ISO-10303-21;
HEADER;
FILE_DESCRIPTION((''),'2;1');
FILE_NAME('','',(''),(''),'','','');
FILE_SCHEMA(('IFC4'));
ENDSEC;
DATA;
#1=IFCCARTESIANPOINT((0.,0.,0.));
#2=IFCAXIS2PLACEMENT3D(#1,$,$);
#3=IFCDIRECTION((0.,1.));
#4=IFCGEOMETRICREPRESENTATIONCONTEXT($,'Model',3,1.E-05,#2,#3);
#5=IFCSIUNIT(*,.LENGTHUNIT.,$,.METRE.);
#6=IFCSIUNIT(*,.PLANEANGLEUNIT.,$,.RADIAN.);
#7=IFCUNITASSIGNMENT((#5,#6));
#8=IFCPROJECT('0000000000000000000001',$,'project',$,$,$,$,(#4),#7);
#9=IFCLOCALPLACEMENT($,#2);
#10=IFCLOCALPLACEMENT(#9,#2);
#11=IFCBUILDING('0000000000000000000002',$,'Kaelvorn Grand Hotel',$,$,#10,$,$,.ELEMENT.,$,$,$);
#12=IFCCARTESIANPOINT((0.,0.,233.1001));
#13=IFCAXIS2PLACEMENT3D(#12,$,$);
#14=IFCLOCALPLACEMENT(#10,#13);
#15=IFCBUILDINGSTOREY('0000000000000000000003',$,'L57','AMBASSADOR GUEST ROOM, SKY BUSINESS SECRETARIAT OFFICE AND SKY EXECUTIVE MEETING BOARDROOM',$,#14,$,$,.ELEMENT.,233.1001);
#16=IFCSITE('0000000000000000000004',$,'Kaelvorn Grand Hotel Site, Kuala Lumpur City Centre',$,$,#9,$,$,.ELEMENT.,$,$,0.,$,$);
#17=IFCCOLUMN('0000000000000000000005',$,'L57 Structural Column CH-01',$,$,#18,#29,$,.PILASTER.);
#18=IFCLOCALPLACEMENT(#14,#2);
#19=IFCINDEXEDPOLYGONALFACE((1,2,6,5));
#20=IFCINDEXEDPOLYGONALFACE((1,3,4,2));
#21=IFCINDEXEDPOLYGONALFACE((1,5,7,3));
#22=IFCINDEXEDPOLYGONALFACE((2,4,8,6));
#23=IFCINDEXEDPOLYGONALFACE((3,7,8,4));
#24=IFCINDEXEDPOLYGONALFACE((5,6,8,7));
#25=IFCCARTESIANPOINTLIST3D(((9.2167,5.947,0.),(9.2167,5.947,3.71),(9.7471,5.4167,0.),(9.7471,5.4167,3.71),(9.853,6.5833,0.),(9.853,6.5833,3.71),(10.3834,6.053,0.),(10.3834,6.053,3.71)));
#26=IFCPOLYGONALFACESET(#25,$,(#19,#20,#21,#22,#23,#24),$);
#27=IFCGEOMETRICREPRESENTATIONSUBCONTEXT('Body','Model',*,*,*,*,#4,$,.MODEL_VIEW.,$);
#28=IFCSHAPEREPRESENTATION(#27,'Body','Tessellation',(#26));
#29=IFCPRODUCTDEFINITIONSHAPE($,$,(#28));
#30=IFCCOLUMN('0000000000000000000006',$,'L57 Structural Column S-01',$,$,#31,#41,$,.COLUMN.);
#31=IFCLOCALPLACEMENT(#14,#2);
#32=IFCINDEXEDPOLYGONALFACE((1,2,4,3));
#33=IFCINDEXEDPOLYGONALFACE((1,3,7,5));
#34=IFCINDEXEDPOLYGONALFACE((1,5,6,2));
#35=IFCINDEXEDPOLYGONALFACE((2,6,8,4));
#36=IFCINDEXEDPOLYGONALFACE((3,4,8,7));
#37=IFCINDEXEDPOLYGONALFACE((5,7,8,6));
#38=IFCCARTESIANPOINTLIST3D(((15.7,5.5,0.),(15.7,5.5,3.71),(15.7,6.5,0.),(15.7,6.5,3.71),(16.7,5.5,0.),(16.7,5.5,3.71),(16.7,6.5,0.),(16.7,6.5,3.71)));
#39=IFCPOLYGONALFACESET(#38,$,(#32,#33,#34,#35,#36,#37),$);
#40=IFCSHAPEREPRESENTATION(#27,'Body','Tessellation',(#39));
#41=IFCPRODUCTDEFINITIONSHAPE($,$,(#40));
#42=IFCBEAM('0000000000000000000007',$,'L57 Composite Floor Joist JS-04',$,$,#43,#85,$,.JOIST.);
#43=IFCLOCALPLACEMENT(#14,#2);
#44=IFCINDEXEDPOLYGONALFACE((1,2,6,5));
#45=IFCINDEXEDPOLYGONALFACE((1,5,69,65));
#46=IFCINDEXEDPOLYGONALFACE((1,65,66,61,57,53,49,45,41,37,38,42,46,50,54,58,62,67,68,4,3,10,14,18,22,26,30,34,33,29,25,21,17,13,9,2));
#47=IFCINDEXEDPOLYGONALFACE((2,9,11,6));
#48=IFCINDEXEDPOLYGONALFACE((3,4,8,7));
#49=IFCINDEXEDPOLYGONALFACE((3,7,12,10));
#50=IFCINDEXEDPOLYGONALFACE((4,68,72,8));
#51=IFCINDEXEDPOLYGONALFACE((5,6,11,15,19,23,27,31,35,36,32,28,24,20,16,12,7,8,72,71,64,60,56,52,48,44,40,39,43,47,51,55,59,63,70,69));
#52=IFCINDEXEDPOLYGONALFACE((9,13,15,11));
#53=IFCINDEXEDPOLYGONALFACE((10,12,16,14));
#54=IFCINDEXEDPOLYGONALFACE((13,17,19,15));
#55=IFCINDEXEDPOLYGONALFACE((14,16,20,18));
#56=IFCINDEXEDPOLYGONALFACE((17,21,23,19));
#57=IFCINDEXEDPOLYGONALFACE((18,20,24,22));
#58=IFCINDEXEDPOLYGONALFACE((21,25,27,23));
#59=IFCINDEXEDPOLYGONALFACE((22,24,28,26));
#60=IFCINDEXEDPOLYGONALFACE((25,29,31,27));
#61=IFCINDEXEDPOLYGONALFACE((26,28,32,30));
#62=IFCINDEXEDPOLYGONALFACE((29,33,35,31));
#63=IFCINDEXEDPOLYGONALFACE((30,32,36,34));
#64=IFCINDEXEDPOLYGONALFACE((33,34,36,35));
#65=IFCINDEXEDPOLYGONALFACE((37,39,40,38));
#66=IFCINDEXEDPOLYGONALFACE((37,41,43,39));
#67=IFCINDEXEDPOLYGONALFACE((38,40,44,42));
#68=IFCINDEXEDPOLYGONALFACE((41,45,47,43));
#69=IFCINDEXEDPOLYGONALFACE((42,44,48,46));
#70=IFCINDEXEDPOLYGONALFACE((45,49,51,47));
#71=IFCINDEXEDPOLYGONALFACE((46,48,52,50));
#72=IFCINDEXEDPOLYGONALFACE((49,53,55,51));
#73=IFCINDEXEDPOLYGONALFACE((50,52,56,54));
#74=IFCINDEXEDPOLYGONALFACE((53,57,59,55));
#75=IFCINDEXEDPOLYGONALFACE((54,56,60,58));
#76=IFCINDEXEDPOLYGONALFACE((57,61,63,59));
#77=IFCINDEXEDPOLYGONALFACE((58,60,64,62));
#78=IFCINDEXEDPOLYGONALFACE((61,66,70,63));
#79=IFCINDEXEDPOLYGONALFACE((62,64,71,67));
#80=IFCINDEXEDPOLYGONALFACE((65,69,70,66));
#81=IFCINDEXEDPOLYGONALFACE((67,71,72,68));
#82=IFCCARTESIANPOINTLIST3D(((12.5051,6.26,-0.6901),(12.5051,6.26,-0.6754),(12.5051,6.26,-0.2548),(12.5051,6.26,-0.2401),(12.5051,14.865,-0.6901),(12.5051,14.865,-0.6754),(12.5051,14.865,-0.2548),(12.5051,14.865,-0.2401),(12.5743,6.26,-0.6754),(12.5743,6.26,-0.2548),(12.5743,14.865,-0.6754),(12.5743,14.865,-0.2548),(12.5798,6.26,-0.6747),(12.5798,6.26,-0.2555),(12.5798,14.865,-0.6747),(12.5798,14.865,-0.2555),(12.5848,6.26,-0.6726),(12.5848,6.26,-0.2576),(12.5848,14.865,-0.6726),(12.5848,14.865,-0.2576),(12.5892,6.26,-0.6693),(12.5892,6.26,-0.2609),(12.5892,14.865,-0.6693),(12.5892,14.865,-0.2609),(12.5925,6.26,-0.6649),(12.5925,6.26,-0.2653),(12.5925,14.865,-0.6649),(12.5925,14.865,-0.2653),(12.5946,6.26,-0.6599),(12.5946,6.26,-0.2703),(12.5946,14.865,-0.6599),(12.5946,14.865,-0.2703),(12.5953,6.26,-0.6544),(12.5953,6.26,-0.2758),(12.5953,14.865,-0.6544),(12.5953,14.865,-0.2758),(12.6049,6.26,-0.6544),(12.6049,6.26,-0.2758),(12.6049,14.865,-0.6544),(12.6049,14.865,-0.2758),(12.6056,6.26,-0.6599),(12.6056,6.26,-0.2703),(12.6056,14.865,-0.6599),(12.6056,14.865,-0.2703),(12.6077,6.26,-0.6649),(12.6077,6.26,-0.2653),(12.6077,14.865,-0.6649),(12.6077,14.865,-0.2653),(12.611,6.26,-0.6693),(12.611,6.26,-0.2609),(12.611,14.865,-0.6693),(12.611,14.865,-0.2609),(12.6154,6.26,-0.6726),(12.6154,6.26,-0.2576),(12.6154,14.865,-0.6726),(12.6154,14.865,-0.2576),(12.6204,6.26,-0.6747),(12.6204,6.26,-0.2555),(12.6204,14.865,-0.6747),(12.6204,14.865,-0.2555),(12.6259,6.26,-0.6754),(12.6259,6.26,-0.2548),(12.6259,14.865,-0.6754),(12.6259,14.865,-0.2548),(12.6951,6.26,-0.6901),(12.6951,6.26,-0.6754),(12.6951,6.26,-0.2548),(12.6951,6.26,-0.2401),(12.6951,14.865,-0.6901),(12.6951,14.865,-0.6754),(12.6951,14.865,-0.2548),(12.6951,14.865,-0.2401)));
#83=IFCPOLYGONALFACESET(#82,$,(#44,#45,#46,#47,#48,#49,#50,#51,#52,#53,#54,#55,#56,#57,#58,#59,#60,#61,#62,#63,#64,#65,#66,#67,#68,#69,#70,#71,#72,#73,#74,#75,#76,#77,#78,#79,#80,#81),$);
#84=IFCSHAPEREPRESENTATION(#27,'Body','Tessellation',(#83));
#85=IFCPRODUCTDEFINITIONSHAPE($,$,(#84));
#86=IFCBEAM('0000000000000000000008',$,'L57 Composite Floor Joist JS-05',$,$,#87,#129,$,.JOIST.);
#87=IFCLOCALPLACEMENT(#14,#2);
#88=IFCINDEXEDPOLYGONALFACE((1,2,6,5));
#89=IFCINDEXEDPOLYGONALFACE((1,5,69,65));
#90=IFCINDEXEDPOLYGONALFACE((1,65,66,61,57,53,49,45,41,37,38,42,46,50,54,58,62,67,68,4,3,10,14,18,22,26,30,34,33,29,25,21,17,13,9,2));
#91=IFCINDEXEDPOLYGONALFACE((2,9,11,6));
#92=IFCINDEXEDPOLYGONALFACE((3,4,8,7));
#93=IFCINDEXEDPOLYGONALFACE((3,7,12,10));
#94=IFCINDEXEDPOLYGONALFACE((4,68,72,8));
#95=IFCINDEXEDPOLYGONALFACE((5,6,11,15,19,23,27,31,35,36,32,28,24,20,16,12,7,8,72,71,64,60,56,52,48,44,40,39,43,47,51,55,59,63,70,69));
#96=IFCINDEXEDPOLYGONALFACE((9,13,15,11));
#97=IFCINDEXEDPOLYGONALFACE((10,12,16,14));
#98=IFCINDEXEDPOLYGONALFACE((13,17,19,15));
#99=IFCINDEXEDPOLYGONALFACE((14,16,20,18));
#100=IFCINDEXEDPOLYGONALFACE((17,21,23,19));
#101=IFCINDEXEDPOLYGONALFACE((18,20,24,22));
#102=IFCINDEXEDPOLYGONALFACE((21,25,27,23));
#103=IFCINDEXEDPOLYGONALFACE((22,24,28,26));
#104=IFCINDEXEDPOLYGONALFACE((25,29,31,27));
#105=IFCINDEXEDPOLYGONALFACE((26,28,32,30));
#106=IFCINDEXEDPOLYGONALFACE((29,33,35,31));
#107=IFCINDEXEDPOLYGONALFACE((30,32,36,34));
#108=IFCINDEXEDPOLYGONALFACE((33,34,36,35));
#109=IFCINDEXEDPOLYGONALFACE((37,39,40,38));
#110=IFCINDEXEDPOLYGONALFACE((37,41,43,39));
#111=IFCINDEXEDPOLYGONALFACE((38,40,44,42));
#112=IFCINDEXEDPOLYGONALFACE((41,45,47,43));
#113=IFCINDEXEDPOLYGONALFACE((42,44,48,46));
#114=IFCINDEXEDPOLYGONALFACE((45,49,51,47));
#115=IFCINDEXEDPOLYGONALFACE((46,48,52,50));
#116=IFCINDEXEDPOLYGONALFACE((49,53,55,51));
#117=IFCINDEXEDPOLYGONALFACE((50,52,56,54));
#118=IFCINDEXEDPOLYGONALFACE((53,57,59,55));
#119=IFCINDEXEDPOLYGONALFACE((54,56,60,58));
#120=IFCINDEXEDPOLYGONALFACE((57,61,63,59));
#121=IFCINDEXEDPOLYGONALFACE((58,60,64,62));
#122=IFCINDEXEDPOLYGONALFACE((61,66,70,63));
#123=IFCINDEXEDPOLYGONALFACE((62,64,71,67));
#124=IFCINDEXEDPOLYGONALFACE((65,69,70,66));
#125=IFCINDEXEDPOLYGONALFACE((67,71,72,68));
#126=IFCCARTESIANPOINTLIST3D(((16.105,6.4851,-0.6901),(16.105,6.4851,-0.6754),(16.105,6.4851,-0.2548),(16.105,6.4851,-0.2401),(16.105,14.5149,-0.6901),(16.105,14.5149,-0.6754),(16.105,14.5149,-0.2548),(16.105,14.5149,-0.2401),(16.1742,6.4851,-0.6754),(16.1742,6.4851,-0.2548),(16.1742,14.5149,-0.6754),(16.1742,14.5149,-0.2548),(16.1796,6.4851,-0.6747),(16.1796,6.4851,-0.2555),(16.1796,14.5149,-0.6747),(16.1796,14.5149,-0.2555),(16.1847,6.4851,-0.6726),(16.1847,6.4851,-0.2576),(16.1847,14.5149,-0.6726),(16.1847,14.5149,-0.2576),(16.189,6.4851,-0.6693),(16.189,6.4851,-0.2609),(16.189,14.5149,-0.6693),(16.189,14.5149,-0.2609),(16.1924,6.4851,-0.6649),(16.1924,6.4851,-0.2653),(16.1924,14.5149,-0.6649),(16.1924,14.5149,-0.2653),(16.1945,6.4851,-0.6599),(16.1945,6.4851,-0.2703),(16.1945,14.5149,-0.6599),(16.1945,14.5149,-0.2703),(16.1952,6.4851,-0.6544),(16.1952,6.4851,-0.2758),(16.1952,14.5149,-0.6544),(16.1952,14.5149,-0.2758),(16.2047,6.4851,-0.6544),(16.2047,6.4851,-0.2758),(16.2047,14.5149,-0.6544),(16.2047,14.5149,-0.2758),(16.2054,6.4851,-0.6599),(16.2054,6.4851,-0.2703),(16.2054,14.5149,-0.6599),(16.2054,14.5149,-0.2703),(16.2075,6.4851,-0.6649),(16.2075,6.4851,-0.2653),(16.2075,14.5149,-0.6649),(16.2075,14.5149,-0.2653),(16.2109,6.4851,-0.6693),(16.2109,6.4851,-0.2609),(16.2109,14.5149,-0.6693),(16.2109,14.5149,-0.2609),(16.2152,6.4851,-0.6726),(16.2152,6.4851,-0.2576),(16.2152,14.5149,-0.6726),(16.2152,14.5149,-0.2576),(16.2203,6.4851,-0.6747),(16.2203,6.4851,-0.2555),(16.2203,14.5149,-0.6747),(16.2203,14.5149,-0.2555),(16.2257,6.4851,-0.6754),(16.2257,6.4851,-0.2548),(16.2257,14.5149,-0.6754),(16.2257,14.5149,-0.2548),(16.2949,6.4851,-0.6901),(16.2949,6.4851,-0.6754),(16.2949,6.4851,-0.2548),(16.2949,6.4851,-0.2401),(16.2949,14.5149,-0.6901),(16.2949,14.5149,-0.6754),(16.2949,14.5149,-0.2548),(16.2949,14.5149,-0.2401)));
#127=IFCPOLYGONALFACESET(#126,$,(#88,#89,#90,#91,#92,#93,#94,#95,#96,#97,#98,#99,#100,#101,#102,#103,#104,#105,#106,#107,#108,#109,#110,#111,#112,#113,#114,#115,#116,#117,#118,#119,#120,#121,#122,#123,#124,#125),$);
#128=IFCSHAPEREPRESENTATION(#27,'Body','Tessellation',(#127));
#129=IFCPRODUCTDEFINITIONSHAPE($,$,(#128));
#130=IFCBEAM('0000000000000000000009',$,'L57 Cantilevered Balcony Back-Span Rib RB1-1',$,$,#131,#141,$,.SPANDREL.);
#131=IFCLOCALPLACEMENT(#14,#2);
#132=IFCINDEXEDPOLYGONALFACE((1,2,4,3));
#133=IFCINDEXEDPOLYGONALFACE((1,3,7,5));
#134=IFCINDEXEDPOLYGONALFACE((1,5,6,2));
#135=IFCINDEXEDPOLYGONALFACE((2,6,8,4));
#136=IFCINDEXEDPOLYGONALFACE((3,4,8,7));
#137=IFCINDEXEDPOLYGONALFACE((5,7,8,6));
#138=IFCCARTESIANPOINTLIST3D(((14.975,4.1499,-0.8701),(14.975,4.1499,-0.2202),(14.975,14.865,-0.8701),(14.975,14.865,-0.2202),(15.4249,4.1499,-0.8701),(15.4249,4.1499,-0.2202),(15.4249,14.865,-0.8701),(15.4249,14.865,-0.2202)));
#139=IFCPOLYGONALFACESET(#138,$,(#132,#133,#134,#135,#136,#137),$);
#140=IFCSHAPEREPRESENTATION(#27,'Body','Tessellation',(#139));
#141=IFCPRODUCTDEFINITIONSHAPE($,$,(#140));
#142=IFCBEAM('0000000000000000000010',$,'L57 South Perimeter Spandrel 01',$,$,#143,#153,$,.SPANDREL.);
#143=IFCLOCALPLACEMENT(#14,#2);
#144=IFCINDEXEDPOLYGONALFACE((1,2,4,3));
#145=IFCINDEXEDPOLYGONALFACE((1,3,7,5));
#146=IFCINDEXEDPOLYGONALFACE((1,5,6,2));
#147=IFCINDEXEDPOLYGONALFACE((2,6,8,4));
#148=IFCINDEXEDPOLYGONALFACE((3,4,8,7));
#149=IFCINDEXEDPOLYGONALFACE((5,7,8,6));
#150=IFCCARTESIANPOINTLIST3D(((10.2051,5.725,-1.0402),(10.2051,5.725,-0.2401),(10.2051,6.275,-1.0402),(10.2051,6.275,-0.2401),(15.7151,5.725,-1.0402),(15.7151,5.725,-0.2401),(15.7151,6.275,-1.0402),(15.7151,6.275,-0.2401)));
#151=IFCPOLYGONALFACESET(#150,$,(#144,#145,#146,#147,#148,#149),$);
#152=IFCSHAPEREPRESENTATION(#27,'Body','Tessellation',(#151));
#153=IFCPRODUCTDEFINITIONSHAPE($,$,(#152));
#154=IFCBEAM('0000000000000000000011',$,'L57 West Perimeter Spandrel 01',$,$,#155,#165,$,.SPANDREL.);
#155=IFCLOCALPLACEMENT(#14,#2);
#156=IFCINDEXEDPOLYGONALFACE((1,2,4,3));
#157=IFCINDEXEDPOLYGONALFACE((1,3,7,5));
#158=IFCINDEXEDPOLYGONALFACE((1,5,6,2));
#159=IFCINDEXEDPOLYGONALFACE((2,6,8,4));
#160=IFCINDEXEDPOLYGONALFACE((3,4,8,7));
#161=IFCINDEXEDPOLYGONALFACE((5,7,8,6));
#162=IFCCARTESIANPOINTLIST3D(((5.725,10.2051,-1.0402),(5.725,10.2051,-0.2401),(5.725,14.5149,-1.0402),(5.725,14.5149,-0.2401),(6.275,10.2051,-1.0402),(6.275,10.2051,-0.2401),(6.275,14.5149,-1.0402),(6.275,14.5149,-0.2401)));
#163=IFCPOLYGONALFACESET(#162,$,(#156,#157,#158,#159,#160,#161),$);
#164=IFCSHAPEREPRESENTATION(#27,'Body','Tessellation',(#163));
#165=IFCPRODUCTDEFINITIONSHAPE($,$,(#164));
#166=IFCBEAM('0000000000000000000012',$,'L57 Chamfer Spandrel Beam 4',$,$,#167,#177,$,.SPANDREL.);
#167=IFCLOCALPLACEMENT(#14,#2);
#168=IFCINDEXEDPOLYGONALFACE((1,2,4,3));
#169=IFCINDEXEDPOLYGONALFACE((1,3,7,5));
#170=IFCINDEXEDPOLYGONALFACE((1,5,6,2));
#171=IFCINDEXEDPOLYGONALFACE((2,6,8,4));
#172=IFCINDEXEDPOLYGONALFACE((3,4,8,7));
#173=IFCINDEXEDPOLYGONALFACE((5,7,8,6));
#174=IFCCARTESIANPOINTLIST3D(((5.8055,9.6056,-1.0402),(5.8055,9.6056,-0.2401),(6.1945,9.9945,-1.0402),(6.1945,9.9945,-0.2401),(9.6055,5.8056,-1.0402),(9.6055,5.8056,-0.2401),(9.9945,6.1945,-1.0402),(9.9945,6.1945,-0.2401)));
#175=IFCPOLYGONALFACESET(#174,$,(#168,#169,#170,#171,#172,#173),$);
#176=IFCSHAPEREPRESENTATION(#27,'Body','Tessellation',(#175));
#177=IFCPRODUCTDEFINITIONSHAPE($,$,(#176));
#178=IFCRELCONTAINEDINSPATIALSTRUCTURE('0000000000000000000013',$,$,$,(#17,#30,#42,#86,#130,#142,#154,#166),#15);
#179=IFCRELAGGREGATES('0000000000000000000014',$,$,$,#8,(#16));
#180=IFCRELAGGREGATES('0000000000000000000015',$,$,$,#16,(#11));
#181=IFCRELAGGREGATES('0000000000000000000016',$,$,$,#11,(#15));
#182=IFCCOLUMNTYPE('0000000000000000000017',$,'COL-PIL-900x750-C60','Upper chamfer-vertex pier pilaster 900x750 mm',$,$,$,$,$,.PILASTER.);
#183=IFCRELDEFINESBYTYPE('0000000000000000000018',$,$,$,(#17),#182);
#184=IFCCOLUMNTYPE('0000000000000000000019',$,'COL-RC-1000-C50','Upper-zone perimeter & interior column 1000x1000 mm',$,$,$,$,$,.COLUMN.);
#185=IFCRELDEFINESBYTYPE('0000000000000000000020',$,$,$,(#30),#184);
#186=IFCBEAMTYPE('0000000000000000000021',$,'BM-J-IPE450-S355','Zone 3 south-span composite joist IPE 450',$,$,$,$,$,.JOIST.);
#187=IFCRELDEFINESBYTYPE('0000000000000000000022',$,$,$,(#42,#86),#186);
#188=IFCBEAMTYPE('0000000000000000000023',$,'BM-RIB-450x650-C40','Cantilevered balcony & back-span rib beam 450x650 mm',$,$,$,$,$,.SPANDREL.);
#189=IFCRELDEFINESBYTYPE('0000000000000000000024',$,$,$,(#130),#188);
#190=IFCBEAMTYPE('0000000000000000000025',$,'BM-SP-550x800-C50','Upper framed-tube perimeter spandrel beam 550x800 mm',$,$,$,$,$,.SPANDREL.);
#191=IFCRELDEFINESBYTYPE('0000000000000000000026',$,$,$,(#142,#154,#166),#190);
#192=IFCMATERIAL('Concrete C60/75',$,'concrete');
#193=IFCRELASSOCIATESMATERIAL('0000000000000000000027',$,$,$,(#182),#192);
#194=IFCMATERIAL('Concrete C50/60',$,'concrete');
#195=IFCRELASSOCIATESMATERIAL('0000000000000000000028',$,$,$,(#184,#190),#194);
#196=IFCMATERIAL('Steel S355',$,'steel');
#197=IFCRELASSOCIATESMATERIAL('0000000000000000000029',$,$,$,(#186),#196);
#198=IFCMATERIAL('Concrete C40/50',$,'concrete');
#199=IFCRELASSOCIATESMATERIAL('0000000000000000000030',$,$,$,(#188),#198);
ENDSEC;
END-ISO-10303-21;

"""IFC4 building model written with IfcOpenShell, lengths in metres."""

from ifc_helpers import new_model, si_unit, direction, frame, origin, origin_2d, place, context, subcontext, project, spatial, rectangle, i_section, extrude, material, material_profile, profile_set, type_object, element, save


model = new_model("IFC4")

# Units and contexts
model_context = context("Model", 3, precision=1e-05, world=origin(), true_north=direction((0.0, 1.0)))
body_context = subcontext(model_context, "Body", "Model", "MODEL_VIEW")
ifc_project = project(units=[si_unit("LENGTHUNIT", "METRE"), si_unit("PLANEANGLEUNIT", "RADIAN")], contexts=[model_context])

# Site, building, storey
site_placement = place(None, origin())
site = spatial("IfcSite", under=ifc_project, at=site_placement, Name="Kaelvorn Grand Hotel Site, Kuala Lumpur City Centre", CompositionType="ELEMENT", RefElevation=0.0)
building_placement = place(site_placement, origin())
building = spatial("IfcBuilding", under=site, at=building_placement, Name="Kaelvorn Grand Hotel", CompositionType="ELEMENT")
storey_placement = place(building_placement, frame((0.0, 0.0, 233.1001)))
storey = spatial("IfcBuildingStorey", under=building, at=storey_placement, Name="L57", Description="AMBASSADOR GUEST ROOM, SKY BUSINESS SECRETARIAT OFFICE AND SKY EXECUTIVE MEETING BOARDROOM", CompositionType="ELEMENT", Elevation=233.1001)

# Columns
ifc_material_1 = material(Name="Concrete C60/75", Category="concrete")
ifc_material_profile_1 = material_profile(ifc_material_1, rectangle(XDim=0.8999, YDim=0.75, at=origin_2d()), Name="RC PILASTER 900x750")
ifc_profile_set_1 = profile_set([ifc_material_profile_1], Name="Concrete C60/75")
column_type_1 = type_object("IfcColumnType", Name="COL-PIL-900x750-C60", Description="Upper chamfer-vertex pier pilaster 900x750 mm", PredefinedType="PILASTER", material=ifc_profile_set_1)
column_1_placement = place(storey_placement, frame((9.8, 6.0, 0.0), z_axis=(0.0, 0.0, 1.0), x_axis=(0.707107, 0.707107, 0.0)))
element("IfcColumn", 1, at=column_1_placement, inside=storey, type_object=column_type_1, Name="L57 Structural Column CH-01", PredefinedType="PILASTER", context=body_context, shape_type="SweptSolid", body=[
    extrude(rectangle(XDim=0.8999, YDim=0.75, at=origin_2d()), origin(), (0.0, 0.0, 1.0), 3.71),
])
ifc_material_2 = material(Name="Concrete C50/60", Category="concrete")
ifc_material_profile_2 = material_profile(ifc_material_2, rectangle(XDim=1.0, YDim=1.0, at=origin_2d()), Name="RC COL 1000x1000")
ifc_profile_set_2 = profile_set([ifc_material_profile_2], Name="Concrete C50/60")
column_type_2 = type_object("IfcColumnType", Name="COL-RC-1000-C50", Description="Upper-zone perimeter & interior column 1000x1000 mm", PredefinedType="COLUMN", material=ifc_profile_set_2)
column_2_placement = place(storey_placement, frame((16.2, 6.0, 0.0), z_axis=(0.0, 0.0, 1.0), x_axis=(1.0, 0.0, 0.0)))
element("IfcColumn", 2, at=column_2_placement, inside=storey, type_object=column_type_2, Name="L57 Structural Column S-01", PredefinedType="COLUMN", context=body_context, shape_type="SweptSolid", body=[
    extrude(rectangle(XDim=1.0, YDim=1.0, at=origin_2d()), origin(), (0.0, 0.0, 1.0), 3.71),
])

# Beams
ifc_material_3 = material(Name="Steel S355", Category="steel")
ifc_material_profile_3 = material_profile(ifc_material_3, i_section(OverallWidth=0.1899, OverallDepth=0.45, WebThickness=0.0095, FlangeThickness=0.0146, FilletRadius=0.021, at=origin_2d()), Name="IPE 450")
ifc_profile_set_3 = profile_set([ifc_material_profile_3], Name="Steel S355")
beam_type_1 = type_object("IfcBeamType", Name="BM-J-IPE450-S355", Description="Zone 3 south-span composite joist IPE 450", PredefinedType="JOIST", material=ifc_profile_set_3)
beam_1_placement = place(storey_placement, frame((12.6001, 6.26, -0.4651), z_axis=(0.0, 1.0, 0.0), x_axis=(-1.0, 0.0, 0.0)))
element("IfcBeam", 3, at=beam_1_placement, inside=storey, type_object=beam_type_1, Name="L57 Composite Floor Joist JS-04", PredefinedType="JOIST", context=body_context, shape_type="SweptSolid", body=[
    extrude(i_section(OverallWidth=0.1899, OverallDepth=0.45, WebThickness=0.0095, FlangeThickness=0.0146, FilletRadius=0.021, at=origin_2d()), origin(), (0.0, 0.0, 1.0), 8.605),
])
beam_2_placement = place(storey_placement, frame((16.2, 6.4851, -0.4651), z_axis=(0.0, 1.0, 0.0), x_axis=(-1.0, 0.0, 0.0)))
element("IfcBeam", 4, at=beam_2_placement, inside=storey, type_object=beam_type_1, Name="L57 Composite Floor Joist JS-05", PredefinedType="JOIST", context=body_context, shape_type="SweptSolid", body=[
    extrude(i_section(OverallWidth=0.1899, OverallDepth=0.45, WebThickness=0.0095, FlangeThickness=0.0146, FilletRadius=0.021, at=origin_2d()), origin(), (0.0, 0.0, 1.0), 8.0298),
])
ifc_material_4 = material(Name="Concrete C40/50", Category="concrete")
ifc_material_profile_4 = material_profile(ifc_material_4, rectangle(XDim=0.45, YDim=0.6499, at=origin_2d()), Name="RC RIB 450x650")
ifc_profile_set_4 = profile_set([ifc_material_profile_4], Name="Concrete C40/50")
beam_type_2 = type_object("IfcBeamType", Name="BM-RIB-450x650-C40", Description="Cantilevered balcony & back-span rib beam 450x650 mm", PredefinedType="SPANDREL", material=ifc_profile_set_4)
beam_3_placement = place(storey_placement, frame((15.2, 4.1499, -0.5452), z_axis=(0.0, 1.0, 0.0), x_axis=(-1.0, 0.0, 0.0)))
element("IfcBeam", 5, at=beam_3_placement, inside=storey, type_object=beam_type_2, Name="L57 Cantilevered Balcony Back-Span Rib RB1-1", PredefinedType="SPANDREL", context=body_context, shape_type="SweptSolid", body=[
    extrude(rectangle(XDim=0.45, YDim=0.6499, at=origin_2d()), origin(), (0.0, 0.0, 1.0), 10.7151),
])
ifc_material_profile_5 = material_profile(ifc_material_2, rectangle(XDim=0.55, YDim=0.8, at=origin_2d()), Name="RC SPANDREL 550x800")
ifc_profile_set_5 = profile_set([ifc_material_profile_5], Name="Concrete C50/60")
beam_type_3 = type_object("IfcBeamType", Name="BM-SP-550x800-C50", Description="Upper framed-tube perimeter spandrel beam 550x800 mm", PredefinedType="SPANDREL", material=ifc_profile_set_5)
beam_4_placement = place(storey_placement, frame((10.2051, 6.0, -0.6401), z_axis=(1.0, 0.0, 0.0), x_axis=(0.0, 1.0, 0.0)))
element("IfcBeam", 6, at=beam_4_placement, inside=storey, type_object=beam_type_3, Name="L57 South Perimeter Spandrel 01", PredefinedType="SPANDREL", context=body_context, shape_type="SweptSolid", body=[
    extrude(rectangle(XDim=0.55, YDim=0.8, at=origin_2d()), origin(), (0.0, 0.0, 1.0), 5.51),
])
beam_5_placement = place(storey_placement, frame((6.0, 10.2051, -0.6401), z_axis=(0.0, 1.0, 0.0), x_axis=(-1.0, 0.0, 0.0)))
element("IfcBeam", 7, at=beam_5_placement, inside=storey, type_object=beam_type_3, Name="L57 West Perimeter Spandrel 01", PredefinedType="SPANDREL", context=body_context, shape_type="SweptSolid", body=[
    extrude(rectangle(XDim=0.55, YDim=0.8, at=origin_2d()), origin(), (0.0, 0.0, 1.0), 4.3098),
])
beam_6_placement = place(storey_placement, frame((6.0, 9.8, -0.6401), z_axis=(0.707107, -0.707107, 0.0), x_axis=(0.707107, 0.707107, 0.0)))
element("IfcBeam", 8, at=beam_6_placement, inside=storey, type_object=beam_type_3, Name="L57 Chamfer Spandrel Beam 4", PredefinedType="SPANDREL", context=body_context, shape_type="SweptSolid", body=[
    extrude(rectangle(XDim=0.55, YDim=0.8, at=origin_2d()), origin(), (0.0, 0.0, 1.0), 5.374),
])

save(model, "model.ifc")
